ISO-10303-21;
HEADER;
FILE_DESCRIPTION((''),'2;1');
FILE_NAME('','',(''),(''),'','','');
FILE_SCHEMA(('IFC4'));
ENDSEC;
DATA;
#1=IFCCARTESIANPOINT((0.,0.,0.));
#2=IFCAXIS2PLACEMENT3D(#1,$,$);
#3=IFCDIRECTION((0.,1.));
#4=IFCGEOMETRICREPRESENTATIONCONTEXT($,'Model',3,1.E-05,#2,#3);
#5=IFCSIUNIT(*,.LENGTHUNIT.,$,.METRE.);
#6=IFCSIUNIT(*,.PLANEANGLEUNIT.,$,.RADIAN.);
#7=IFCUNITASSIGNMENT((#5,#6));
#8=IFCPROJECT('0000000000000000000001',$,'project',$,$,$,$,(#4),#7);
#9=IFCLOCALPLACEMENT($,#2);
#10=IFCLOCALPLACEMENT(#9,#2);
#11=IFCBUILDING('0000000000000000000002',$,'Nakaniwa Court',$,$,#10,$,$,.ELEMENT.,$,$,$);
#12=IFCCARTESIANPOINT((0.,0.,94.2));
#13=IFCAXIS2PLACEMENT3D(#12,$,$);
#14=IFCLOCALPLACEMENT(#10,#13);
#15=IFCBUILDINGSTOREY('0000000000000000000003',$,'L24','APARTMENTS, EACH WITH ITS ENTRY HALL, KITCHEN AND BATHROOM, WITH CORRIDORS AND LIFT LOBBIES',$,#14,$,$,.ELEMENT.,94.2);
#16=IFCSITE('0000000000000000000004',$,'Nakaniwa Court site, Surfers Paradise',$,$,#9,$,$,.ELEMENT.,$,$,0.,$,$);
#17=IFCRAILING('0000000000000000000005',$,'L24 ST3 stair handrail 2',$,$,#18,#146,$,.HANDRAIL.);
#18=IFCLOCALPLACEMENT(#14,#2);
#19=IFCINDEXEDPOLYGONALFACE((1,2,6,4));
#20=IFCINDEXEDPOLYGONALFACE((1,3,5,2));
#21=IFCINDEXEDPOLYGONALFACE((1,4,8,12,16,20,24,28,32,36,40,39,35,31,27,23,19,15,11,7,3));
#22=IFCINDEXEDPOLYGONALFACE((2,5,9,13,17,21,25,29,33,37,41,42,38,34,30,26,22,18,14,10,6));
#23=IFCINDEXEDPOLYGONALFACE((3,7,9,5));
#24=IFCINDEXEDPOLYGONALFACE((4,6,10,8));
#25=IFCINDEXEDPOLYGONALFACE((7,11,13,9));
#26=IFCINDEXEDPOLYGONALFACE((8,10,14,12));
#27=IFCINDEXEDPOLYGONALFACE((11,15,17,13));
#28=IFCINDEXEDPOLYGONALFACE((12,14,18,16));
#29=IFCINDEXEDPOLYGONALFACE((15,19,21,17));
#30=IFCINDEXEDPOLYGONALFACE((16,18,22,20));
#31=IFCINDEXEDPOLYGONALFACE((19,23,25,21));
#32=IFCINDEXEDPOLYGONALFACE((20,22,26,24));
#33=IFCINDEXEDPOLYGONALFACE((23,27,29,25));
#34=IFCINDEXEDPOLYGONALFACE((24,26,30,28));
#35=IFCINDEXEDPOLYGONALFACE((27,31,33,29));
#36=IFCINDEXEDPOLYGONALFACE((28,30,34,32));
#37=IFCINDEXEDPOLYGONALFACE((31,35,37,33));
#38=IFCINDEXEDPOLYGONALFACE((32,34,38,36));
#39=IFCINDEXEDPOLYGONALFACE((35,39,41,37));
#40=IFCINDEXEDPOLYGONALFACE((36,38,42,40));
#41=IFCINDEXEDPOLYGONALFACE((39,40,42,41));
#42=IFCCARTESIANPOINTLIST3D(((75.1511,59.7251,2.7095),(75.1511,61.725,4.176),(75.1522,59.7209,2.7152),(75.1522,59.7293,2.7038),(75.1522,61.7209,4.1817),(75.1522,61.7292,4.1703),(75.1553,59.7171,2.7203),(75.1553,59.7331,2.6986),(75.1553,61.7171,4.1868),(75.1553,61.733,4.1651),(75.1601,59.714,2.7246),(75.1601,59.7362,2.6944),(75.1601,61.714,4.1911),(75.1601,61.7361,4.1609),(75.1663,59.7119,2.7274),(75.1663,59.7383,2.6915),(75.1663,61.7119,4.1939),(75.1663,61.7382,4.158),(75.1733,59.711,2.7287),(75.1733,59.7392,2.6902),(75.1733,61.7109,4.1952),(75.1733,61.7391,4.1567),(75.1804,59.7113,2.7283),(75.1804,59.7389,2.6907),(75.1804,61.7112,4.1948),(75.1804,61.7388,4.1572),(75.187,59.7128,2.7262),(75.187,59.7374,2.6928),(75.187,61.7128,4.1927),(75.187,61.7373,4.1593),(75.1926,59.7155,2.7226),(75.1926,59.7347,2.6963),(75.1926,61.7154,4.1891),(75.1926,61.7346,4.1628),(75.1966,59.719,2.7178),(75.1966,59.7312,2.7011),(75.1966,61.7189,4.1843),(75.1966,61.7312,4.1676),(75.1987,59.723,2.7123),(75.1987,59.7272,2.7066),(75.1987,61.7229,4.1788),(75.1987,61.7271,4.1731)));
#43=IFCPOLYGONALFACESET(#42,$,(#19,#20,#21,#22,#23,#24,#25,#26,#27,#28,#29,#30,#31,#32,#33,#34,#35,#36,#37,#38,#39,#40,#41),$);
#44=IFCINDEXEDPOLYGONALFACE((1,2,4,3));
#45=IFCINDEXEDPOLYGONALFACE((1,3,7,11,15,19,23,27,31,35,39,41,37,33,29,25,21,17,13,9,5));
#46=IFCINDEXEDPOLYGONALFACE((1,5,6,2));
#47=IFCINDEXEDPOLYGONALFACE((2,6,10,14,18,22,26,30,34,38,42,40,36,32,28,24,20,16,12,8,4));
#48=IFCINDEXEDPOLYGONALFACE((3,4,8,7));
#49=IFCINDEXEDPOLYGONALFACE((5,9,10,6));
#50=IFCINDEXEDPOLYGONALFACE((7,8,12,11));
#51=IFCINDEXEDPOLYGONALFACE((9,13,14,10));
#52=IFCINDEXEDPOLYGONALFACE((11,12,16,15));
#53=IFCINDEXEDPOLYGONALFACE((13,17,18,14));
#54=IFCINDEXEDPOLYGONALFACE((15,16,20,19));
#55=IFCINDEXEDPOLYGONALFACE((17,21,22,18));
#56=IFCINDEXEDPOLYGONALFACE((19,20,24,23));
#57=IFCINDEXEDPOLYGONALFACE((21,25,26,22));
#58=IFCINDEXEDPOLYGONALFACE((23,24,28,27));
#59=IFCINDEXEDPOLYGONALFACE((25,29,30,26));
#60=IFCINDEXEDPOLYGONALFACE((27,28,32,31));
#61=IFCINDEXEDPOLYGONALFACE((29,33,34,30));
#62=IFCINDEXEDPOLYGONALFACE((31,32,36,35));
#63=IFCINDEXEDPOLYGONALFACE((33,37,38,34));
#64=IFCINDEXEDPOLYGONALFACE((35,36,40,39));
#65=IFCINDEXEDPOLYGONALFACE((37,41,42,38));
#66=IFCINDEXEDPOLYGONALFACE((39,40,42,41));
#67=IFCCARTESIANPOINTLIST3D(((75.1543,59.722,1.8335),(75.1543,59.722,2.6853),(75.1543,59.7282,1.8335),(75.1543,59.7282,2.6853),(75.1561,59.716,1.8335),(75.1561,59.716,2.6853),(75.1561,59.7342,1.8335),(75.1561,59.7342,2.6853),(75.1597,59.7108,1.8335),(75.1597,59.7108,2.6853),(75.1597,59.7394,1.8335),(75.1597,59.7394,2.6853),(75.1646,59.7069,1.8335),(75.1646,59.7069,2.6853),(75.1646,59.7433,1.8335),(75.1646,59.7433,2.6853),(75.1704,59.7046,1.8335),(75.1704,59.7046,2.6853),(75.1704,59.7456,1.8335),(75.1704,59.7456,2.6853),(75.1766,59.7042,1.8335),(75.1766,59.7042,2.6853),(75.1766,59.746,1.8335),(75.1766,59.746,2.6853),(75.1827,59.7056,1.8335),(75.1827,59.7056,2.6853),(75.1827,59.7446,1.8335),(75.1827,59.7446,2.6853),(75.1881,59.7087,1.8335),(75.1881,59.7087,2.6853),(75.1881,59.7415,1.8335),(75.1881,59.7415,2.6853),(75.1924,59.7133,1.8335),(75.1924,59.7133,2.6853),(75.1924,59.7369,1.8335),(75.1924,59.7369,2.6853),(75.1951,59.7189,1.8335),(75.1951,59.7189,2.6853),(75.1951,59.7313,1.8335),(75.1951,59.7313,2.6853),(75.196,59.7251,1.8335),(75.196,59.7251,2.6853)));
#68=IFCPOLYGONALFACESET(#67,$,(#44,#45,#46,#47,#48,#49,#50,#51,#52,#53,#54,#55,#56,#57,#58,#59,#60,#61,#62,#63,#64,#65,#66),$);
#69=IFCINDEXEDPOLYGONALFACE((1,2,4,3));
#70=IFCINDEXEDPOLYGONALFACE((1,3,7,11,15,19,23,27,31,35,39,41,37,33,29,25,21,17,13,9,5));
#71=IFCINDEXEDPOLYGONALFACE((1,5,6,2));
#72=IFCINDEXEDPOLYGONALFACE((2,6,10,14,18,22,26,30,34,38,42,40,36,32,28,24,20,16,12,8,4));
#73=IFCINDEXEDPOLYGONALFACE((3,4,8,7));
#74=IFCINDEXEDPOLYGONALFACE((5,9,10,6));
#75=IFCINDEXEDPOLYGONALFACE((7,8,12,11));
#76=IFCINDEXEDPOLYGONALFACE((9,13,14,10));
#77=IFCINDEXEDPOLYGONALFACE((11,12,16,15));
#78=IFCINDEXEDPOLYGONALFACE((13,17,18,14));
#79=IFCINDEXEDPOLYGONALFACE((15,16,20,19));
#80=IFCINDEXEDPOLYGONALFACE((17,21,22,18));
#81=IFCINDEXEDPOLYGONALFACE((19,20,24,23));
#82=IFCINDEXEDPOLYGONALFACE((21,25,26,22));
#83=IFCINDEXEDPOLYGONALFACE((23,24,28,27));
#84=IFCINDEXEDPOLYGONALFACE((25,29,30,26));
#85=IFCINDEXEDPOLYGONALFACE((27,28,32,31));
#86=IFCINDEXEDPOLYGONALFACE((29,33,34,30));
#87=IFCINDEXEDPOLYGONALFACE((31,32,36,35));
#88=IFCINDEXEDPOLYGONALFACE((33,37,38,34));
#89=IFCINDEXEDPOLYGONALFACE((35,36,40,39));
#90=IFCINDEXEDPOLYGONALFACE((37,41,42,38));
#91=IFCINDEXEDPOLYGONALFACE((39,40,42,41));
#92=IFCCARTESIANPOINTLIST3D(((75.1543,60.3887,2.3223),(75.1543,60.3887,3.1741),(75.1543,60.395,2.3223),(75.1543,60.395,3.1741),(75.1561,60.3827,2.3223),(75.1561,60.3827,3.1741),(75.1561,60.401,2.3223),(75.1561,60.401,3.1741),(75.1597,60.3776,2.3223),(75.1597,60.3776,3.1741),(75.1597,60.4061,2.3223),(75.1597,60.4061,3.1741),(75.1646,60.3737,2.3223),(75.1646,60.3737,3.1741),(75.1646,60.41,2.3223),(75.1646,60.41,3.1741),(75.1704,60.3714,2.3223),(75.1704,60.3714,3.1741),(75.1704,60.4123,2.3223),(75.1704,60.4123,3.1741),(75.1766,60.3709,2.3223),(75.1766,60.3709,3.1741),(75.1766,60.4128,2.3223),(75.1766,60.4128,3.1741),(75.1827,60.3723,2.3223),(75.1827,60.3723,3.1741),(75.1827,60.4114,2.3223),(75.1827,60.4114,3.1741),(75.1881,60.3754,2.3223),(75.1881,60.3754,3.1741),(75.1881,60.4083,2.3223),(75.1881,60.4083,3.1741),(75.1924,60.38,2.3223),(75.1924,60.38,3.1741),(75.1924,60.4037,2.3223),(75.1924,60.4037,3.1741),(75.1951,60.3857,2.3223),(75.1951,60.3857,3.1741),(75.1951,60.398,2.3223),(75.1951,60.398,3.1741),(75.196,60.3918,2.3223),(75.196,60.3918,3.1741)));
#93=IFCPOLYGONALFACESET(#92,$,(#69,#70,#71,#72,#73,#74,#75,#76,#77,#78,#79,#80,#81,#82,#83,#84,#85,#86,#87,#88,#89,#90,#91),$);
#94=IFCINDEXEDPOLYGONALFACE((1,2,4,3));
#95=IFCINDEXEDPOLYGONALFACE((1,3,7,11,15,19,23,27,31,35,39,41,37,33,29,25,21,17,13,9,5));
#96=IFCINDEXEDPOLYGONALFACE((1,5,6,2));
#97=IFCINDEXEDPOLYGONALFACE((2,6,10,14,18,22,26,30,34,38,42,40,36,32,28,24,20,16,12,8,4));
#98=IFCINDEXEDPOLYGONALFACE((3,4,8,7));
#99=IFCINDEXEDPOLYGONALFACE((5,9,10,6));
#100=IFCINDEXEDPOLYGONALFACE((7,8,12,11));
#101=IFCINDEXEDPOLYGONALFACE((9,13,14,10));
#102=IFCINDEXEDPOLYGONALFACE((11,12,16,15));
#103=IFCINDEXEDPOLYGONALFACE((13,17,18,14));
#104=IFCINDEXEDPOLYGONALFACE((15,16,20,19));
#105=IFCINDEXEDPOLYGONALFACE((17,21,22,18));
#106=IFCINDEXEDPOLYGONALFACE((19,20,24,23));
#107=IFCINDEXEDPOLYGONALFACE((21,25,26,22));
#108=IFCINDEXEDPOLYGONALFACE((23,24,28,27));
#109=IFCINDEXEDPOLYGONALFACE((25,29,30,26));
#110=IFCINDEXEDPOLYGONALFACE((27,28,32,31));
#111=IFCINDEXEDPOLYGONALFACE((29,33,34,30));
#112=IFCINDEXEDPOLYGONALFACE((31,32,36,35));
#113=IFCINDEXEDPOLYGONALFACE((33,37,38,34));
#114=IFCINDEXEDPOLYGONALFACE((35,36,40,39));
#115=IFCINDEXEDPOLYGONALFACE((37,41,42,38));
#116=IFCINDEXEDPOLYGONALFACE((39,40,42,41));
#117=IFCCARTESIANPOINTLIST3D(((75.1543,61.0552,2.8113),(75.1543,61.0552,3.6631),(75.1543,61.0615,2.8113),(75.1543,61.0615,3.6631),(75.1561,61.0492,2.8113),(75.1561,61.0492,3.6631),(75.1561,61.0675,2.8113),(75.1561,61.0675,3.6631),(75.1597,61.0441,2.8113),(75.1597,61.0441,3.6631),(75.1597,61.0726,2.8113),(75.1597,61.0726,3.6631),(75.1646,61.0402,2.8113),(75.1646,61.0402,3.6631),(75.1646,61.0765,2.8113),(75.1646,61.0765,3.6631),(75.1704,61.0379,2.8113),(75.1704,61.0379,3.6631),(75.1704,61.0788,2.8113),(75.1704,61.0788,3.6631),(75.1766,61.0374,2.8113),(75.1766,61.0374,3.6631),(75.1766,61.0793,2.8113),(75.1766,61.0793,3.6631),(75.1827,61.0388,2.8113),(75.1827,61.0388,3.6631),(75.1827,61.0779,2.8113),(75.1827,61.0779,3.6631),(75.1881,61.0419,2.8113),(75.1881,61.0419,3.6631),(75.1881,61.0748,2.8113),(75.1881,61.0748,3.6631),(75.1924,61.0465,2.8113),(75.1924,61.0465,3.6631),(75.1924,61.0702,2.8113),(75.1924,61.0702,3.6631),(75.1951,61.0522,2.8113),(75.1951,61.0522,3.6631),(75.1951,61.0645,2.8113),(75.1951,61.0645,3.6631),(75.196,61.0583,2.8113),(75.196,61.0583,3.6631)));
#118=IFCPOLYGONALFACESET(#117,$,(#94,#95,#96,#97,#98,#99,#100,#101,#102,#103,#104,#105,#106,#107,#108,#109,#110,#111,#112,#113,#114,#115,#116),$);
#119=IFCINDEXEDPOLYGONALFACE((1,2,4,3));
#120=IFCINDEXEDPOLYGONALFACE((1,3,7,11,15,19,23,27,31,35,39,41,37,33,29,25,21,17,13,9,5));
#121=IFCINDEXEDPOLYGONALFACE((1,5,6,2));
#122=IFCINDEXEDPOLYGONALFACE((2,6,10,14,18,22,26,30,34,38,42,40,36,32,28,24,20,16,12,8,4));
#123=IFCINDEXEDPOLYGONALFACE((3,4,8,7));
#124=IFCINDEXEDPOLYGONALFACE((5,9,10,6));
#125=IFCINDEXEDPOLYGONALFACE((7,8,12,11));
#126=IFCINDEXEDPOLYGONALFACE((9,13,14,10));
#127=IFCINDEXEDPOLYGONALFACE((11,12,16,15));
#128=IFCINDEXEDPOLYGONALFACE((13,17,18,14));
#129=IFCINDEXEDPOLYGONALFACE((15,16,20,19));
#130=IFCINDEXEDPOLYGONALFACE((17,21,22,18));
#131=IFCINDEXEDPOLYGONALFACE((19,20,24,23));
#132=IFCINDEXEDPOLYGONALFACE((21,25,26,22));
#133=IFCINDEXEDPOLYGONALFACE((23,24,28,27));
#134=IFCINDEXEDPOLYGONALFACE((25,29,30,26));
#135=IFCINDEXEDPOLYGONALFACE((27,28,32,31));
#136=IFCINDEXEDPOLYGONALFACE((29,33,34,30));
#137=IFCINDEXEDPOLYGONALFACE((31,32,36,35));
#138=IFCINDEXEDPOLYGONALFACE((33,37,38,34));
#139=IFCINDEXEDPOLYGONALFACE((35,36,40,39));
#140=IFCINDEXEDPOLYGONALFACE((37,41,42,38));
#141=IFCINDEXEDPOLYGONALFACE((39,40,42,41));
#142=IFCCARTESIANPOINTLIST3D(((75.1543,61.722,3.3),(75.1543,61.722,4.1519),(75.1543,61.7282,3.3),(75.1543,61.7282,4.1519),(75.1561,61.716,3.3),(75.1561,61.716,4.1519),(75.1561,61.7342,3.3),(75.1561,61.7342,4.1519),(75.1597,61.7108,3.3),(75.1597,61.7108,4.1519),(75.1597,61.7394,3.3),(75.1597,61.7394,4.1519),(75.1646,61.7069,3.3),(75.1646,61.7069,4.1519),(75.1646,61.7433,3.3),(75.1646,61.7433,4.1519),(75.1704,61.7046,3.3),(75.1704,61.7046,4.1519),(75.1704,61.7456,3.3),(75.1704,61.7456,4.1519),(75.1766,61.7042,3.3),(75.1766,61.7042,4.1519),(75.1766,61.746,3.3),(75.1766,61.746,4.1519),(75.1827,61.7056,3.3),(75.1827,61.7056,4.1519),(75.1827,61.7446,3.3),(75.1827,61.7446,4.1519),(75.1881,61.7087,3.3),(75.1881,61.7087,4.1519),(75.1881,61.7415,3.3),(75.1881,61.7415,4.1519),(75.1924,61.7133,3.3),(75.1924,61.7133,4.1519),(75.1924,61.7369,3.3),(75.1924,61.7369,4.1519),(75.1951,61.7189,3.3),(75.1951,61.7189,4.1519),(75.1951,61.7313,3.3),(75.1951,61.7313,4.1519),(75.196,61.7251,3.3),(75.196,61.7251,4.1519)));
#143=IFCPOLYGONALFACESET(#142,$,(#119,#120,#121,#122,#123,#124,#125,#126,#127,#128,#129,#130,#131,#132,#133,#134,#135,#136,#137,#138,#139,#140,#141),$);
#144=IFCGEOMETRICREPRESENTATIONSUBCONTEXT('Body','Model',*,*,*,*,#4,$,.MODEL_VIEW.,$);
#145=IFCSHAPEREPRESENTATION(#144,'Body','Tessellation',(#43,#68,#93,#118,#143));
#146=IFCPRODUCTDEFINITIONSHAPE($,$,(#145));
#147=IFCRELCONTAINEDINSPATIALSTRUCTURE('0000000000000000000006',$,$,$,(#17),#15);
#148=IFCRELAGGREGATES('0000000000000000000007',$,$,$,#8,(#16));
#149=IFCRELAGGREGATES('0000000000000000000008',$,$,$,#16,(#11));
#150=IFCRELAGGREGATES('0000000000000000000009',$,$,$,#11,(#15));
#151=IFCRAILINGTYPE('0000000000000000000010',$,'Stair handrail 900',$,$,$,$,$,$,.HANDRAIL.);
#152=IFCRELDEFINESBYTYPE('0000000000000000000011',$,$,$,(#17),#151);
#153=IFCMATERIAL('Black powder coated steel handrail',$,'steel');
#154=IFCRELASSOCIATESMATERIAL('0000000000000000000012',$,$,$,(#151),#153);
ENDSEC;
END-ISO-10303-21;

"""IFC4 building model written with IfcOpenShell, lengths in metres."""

from ifc_helpers import new_model, si_unit, direction, frame, origin, origin_2d, place, context, subcontext, project, spatial, circle, extrude, material, type_object, element, save


model = new_model("IFC4")

# Units and contexts
model_context = context("Model", 3, precision=1e-05, world=origin(), true_north=direction((0.0, 1.0)))
body_context = subcontext(model_context, "Body", "Model", "MODEL_VIEW")
ifc_project = project(units=[si_unit("LENGTHUNIT", "METRE"), si_unit("PLANEANGLEUNIT", "RADIAN")], contexts=[model_context])

# Site, building, storey
site_placement = place(None, origin())
site = spatial("IfcSite", under=ifc_project, at=site_placement, Name="Nakaniwa Court site, Surfers Paradise", CompositionType="ELEMENT", RefElevation=0.0)
building_placement = place(site_placement, origin())
building = spatial("IfcBuilding", under=site, at=building_placement, Name="Nakaniwa Court", CompositionType="ELEMENT")
storey_placement = place(building_placement, frame((0.0, 0.0, 94.2)))
storey = spatial("IfcBuildingStorey", under=building, at=storey_placement, Name="L24", Description="APARTMENTS, EACH WITH ITS ENTRY HALL, KITCHEN AND BATHROOM, WITH CORRIDORS AND LIFT LOBBIES", CompositionType="ELEMENT", Elevation=94.2)

# Railing
ifc_material_1 = material(Name="Black powder coated steel handrail", Category="steel")
railing_type_1 = type_object("IfcRailingType", Name="Stair handrail 900", PredefinedType="HANDRAIL", material=ifc_material_1)
railing_1_placement = place(storey_placement, frame((75.175, 59.7251, 1.8335)))
element("IfcRailing", 1, at=railing_1_placement, inside=storey, type_object=railing_type_1, Name="L24 ST3 stair handrail 2", PredefinedType="HANDRAIL", context=body_context, shape_type="SweptSolid", body=[
    extrude(circle(Radius=0.0239, at=origin_2d()), frame((0.0, 0.0, 0.876), z_axis=(0.0, 0.806427, 0.591334), x_axis=(-1.0, 0.0, 0.0)), (0.0, 0.0, 1.0), 2.48),
    extrude(circle(Radius=0.021, at=origin_2d()), origin(), (0.0, 0.0, 1.0), 0.8518),
    extrude(circle(Radius=0.021, at=origin_2d()), frame((0.0, 0.6667, 0.4888)), (0.0, 0.0, 1.0), 0.8518),
    extrude(circle(Radius=0.021, at=origin_2d()), frame((0.0, 1.3333, 0.9778)), (0.0, 0.0, 1.0), 0.8518),
    extrude(circle(Radius=0.021, at=origin_2d()), frame((0.0, 2.0, 1.4666)), (0.0, 0.0, 1.0), 0.8518),
])

save(model, "model.ifc")
